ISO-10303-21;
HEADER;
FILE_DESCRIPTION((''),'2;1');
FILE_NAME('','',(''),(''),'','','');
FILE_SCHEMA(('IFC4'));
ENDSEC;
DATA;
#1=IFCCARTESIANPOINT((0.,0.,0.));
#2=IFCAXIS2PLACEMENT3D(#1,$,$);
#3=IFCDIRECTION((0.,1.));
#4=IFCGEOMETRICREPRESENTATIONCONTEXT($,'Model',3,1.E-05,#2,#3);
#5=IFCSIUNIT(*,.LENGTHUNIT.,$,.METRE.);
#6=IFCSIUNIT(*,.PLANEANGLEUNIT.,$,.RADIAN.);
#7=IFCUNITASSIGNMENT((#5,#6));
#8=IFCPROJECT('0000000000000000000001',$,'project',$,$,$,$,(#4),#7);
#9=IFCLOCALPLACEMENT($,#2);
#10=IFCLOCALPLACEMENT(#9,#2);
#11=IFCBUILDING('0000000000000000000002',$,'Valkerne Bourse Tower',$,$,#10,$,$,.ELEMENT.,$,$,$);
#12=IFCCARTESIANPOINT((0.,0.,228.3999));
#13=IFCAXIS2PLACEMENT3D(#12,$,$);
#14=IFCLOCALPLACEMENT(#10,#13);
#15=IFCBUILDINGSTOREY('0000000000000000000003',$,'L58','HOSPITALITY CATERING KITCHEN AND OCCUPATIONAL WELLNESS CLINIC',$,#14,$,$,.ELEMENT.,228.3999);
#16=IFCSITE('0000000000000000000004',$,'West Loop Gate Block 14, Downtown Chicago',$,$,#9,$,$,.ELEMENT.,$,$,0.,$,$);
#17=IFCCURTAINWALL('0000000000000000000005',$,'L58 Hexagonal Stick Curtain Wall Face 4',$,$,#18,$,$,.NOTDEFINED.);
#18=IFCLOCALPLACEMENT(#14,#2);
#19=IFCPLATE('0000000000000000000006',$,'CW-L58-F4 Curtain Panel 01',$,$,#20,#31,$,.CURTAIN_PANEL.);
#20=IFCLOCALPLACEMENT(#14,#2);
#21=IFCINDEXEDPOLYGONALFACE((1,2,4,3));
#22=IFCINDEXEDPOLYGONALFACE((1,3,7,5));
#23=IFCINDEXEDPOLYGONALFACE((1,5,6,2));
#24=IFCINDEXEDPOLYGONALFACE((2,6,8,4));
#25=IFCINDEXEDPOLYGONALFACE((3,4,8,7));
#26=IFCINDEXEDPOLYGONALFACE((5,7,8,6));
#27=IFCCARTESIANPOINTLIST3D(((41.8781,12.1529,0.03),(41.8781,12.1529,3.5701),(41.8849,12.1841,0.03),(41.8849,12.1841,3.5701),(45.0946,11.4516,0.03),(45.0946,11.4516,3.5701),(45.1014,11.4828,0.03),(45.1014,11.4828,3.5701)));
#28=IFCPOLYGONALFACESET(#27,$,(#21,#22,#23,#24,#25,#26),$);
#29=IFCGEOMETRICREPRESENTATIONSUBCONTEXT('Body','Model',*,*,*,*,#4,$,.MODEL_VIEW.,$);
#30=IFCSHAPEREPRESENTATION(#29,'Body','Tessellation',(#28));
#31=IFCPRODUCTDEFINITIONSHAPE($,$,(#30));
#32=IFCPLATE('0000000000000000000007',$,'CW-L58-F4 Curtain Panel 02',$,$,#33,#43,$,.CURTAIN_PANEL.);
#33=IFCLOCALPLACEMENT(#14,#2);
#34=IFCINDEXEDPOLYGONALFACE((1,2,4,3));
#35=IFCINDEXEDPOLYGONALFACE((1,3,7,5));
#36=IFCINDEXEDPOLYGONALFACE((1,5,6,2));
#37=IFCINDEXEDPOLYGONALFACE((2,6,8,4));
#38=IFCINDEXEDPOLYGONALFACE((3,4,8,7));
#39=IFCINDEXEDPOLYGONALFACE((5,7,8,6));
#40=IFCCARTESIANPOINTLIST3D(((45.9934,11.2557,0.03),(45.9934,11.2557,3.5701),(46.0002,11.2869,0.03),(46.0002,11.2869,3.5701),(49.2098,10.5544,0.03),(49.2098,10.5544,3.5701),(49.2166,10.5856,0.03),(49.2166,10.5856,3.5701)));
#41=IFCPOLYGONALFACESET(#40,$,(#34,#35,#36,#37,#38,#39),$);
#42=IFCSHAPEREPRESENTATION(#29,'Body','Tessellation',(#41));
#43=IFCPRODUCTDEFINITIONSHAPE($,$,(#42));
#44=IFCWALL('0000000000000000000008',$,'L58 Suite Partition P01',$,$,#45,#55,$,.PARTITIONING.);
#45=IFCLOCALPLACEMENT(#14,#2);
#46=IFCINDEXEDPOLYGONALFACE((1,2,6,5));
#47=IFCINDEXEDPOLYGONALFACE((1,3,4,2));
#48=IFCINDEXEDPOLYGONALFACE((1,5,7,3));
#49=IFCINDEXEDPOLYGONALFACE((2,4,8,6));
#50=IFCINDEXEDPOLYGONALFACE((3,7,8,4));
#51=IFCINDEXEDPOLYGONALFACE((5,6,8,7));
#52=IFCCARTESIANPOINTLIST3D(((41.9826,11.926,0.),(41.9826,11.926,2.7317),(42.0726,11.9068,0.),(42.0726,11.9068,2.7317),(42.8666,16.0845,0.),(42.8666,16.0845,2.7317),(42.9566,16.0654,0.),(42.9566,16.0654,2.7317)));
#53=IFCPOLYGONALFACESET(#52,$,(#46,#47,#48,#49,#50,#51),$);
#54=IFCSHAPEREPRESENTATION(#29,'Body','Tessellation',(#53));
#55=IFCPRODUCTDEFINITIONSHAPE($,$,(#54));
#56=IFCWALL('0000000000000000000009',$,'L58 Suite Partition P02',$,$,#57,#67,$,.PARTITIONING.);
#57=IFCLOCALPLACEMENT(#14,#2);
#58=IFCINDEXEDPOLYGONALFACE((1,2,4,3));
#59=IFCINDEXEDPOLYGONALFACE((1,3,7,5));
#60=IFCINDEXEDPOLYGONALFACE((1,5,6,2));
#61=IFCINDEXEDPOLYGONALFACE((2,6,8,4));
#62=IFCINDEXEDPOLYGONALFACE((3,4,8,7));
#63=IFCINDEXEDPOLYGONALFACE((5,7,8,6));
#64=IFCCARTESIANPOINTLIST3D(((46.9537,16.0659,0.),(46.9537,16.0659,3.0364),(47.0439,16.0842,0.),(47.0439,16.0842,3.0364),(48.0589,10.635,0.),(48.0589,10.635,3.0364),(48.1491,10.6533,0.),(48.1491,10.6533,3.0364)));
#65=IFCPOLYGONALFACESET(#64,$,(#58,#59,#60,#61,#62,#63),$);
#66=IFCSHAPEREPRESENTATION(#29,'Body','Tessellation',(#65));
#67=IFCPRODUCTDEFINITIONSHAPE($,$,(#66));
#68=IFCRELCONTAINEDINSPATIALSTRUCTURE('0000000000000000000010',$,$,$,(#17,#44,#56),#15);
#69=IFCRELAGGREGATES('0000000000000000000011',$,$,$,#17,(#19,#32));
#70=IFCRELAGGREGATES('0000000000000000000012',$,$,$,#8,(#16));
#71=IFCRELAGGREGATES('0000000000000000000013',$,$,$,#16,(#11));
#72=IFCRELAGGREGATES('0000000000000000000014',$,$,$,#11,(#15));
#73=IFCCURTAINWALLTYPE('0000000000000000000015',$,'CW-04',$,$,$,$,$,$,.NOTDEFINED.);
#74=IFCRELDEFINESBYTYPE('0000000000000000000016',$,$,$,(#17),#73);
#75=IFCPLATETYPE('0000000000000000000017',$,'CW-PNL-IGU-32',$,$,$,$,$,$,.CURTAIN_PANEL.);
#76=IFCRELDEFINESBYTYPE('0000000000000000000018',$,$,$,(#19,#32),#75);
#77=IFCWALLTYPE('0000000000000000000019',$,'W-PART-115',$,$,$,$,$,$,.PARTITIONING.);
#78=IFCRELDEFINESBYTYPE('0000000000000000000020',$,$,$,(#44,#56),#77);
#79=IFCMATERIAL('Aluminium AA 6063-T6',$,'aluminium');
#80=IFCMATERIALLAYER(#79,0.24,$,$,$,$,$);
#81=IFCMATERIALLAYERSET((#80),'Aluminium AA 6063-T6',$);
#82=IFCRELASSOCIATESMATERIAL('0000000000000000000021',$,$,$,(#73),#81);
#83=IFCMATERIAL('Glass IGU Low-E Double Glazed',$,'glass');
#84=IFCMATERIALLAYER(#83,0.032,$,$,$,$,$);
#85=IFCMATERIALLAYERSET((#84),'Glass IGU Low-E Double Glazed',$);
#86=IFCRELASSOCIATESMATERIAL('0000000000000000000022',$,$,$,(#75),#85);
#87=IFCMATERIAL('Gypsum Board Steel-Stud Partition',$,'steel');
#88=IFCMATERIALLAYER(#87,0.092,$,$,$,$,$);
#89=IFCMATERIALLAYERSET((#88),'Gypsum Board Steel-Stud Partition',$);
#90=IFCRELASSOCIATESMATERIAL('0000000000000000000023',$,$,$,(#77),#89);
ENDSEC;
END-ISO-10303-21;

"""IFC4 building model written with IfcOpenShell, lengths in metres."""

from ifc_helpers import new_model, si_unit, direction, frame, frame_2d, origin, origin_2d, place, context, subcontext, project, spatial, rectangle, extrude, material, layer, layer_set, type_object, element, aggregate, save


model = new_model("IFC4")

# Units and contexts
model_context = context("Model", 3, precision=1e-05, world=origin(), true_north=direction((0.0, 1.0)))
body_context = subcontext(model_context, "Body", "Model", "MODEL_VIEW")
ifc_project = project(units=[si_unit("LENGTHUNIT", "METRE"), si_unit("PLANEANGLEUNIT", "RADIAN")], contexts=[model_context])

# Site, building, storey
site_placement = place(None, origin())
site = spatial("IfcSite", under=ifc_project, at=site_placement, Name="West Loop Gate Block 14, Downtown Chicago", CompositionType="ELEMENT", RefElevation=0.0)
building_placement = place(site_placement, origin())
building = spatial("IfcBuilding", under=site, at=building_placement, Name="Valkerne Bourse Tower", CompositionType="ELEMENT")
storey_placement = place(building_placement, frame((0.0, 0.0, 228.3999)))
storey = spatial("IfcBuildingStorey", under=building, at=storey_placement, Name="L58", Description="HOSPITALITY CATERING KITCHEN AND OCCUPATIONAL WELLNESS CLINIC", CompositionType="ELEMENT", Elevation=228.3999)

# Curtain wall
ifc_material_1 = material(Name="Aluminium AA 6063-T6", Category="aluminium")
ifc_layer_1 = layer(ifc_material_1, 0.24)
ifc_layer_set_1 = layer_set([ifc_layer_1], Name="Aluminium AA 6063-T6")
curtain_wall_type = type_object("IfcCurtainWallType", Name="CW-04", PredefinedType="NOTDEFINED", material=ifc_layer_set_1)
curtain_wall_placement = place(storey_placement, origin())
curtain_wall = element("IfcCurtainWall", 1, at=curtain_wall_placement, inside=storey, type_object=curtain_wall_type, Name="L58 Hexagonal Stick Curtain Wall Face 4", PredefinedType="NOTDEFINED")

# Plates
ifc_material_2 = material(Name="Glass IGU Low-E Double Glazed", Category="glass")
ifc_layer_2 = layer(ifc_material_2, 0.032)
ifc_layer_set_2 = layer_set([ifc_layer_2], Name="Glass IGU Low-E Double Glazed")
plate_type = type_object("IfcPlateType", Name="CW-PNL-IGU-32", PredefinedType="CURTAIN_PANEL", material=ifc_layer_set_2)
plate_1_placement = place(storey_placement, frame((43.4897, 11.8179, 0.03), z_axis=(0.0, 0.0, 1.0), x_axis=(0.977046, -0.21303, 0.0)))
plate_1 = element("IfcPlate", 2, at=plate_1_placement, type_object=plate_type, Name="CW-L58-F4 Curtain Panel 01", PredefinedType="CURTAIN_PANEL", context=body_context, shape_type="SweptSolid", body=[
    extrude(rectangle(XDim=3.292, YDim=0.032, at=origin_2d()), origin(), (0.0, 0.0, 1.0), 3.54),
])
plate_2_placement = place(storey_placement, frame((47.605, 10.9207, 0.03), z_axis=(0.0, 0.0, 1.0), x_axis=(0.977045, -0.213035, 0.0)))
plate_2 = element("IfcPlate", 3, at=plate_2_placement, type_object=plate_type, Name="CW-L58-F4 Curtain Panel 02", PredefinedType="CURTAIN_PANEL", context=body_context, shape_type="SweptSolid", body=[
    extrude(rectangle(XDim=3.292, YDim=0.032, at=origin_2d()), origin(), (0.0, 0.0, 1.0), 3.54),
])
aggregate(curtain_wall, [plate_1, plate_2])

# Walls
ifc_material_3 = material(Name="Gypsum Board Steel-Stud Partition", Category="steel")
ifc_layer_3 = layer(ifc_material_3, 0.092)
ifc_layer_set_3 = layer_set([ifc_layer_3], Name="Gypsum Board Steel-Stud Partition")
wall_type = type_object("IfcWallType", Name="W-PART-115", PredefinedType="PARTITIONING", material=ifc_layer_set_3)
wall_1_placement = place(storey_placement, frame((42.9116, 16.075, 0.0), z_axis=(0.0, 0.0, 1.0), x_axis=(-0.20794, -0.978141, 0.0)))
element("IfcWall", 4, at=wall_1_placement, inside=storey, type_object=wall_type, Name="L58 Suite Partition P01", PredefinedType="PARTITIONING", context=body_context, shape_type="SweptSolid", body=[
    extrude(rectangle(XDim=4.2515, YDim=0.092, at=frame_2d((2.1257, 0.0))), origin(), (0.0, 0.0, 1.0), 2.7317),
])
wall_2_placement = place(storey_placement, frame((46.9988, 16.075, 0.0), z_axis=(0.0, 0.0, 1.0), x_axis=(0.199419, -0.979914, 0.0)))
element("IfcWall", 5, at=wall_2_placement, inside=storey, type_object=wall_type, Name="L58 Suite Partition P02", PredefinedType="PARTITIONING", context=body_context, shape_type="SweptSolid", body=[
    extrude(rectangle(XDim=5.5422, YDim=0.092, at=frame_2d((2.771, 0.0))), origin(), (0.0, 0.0, 1.0), 3.0364),
])

save(model, "model.ifc")
